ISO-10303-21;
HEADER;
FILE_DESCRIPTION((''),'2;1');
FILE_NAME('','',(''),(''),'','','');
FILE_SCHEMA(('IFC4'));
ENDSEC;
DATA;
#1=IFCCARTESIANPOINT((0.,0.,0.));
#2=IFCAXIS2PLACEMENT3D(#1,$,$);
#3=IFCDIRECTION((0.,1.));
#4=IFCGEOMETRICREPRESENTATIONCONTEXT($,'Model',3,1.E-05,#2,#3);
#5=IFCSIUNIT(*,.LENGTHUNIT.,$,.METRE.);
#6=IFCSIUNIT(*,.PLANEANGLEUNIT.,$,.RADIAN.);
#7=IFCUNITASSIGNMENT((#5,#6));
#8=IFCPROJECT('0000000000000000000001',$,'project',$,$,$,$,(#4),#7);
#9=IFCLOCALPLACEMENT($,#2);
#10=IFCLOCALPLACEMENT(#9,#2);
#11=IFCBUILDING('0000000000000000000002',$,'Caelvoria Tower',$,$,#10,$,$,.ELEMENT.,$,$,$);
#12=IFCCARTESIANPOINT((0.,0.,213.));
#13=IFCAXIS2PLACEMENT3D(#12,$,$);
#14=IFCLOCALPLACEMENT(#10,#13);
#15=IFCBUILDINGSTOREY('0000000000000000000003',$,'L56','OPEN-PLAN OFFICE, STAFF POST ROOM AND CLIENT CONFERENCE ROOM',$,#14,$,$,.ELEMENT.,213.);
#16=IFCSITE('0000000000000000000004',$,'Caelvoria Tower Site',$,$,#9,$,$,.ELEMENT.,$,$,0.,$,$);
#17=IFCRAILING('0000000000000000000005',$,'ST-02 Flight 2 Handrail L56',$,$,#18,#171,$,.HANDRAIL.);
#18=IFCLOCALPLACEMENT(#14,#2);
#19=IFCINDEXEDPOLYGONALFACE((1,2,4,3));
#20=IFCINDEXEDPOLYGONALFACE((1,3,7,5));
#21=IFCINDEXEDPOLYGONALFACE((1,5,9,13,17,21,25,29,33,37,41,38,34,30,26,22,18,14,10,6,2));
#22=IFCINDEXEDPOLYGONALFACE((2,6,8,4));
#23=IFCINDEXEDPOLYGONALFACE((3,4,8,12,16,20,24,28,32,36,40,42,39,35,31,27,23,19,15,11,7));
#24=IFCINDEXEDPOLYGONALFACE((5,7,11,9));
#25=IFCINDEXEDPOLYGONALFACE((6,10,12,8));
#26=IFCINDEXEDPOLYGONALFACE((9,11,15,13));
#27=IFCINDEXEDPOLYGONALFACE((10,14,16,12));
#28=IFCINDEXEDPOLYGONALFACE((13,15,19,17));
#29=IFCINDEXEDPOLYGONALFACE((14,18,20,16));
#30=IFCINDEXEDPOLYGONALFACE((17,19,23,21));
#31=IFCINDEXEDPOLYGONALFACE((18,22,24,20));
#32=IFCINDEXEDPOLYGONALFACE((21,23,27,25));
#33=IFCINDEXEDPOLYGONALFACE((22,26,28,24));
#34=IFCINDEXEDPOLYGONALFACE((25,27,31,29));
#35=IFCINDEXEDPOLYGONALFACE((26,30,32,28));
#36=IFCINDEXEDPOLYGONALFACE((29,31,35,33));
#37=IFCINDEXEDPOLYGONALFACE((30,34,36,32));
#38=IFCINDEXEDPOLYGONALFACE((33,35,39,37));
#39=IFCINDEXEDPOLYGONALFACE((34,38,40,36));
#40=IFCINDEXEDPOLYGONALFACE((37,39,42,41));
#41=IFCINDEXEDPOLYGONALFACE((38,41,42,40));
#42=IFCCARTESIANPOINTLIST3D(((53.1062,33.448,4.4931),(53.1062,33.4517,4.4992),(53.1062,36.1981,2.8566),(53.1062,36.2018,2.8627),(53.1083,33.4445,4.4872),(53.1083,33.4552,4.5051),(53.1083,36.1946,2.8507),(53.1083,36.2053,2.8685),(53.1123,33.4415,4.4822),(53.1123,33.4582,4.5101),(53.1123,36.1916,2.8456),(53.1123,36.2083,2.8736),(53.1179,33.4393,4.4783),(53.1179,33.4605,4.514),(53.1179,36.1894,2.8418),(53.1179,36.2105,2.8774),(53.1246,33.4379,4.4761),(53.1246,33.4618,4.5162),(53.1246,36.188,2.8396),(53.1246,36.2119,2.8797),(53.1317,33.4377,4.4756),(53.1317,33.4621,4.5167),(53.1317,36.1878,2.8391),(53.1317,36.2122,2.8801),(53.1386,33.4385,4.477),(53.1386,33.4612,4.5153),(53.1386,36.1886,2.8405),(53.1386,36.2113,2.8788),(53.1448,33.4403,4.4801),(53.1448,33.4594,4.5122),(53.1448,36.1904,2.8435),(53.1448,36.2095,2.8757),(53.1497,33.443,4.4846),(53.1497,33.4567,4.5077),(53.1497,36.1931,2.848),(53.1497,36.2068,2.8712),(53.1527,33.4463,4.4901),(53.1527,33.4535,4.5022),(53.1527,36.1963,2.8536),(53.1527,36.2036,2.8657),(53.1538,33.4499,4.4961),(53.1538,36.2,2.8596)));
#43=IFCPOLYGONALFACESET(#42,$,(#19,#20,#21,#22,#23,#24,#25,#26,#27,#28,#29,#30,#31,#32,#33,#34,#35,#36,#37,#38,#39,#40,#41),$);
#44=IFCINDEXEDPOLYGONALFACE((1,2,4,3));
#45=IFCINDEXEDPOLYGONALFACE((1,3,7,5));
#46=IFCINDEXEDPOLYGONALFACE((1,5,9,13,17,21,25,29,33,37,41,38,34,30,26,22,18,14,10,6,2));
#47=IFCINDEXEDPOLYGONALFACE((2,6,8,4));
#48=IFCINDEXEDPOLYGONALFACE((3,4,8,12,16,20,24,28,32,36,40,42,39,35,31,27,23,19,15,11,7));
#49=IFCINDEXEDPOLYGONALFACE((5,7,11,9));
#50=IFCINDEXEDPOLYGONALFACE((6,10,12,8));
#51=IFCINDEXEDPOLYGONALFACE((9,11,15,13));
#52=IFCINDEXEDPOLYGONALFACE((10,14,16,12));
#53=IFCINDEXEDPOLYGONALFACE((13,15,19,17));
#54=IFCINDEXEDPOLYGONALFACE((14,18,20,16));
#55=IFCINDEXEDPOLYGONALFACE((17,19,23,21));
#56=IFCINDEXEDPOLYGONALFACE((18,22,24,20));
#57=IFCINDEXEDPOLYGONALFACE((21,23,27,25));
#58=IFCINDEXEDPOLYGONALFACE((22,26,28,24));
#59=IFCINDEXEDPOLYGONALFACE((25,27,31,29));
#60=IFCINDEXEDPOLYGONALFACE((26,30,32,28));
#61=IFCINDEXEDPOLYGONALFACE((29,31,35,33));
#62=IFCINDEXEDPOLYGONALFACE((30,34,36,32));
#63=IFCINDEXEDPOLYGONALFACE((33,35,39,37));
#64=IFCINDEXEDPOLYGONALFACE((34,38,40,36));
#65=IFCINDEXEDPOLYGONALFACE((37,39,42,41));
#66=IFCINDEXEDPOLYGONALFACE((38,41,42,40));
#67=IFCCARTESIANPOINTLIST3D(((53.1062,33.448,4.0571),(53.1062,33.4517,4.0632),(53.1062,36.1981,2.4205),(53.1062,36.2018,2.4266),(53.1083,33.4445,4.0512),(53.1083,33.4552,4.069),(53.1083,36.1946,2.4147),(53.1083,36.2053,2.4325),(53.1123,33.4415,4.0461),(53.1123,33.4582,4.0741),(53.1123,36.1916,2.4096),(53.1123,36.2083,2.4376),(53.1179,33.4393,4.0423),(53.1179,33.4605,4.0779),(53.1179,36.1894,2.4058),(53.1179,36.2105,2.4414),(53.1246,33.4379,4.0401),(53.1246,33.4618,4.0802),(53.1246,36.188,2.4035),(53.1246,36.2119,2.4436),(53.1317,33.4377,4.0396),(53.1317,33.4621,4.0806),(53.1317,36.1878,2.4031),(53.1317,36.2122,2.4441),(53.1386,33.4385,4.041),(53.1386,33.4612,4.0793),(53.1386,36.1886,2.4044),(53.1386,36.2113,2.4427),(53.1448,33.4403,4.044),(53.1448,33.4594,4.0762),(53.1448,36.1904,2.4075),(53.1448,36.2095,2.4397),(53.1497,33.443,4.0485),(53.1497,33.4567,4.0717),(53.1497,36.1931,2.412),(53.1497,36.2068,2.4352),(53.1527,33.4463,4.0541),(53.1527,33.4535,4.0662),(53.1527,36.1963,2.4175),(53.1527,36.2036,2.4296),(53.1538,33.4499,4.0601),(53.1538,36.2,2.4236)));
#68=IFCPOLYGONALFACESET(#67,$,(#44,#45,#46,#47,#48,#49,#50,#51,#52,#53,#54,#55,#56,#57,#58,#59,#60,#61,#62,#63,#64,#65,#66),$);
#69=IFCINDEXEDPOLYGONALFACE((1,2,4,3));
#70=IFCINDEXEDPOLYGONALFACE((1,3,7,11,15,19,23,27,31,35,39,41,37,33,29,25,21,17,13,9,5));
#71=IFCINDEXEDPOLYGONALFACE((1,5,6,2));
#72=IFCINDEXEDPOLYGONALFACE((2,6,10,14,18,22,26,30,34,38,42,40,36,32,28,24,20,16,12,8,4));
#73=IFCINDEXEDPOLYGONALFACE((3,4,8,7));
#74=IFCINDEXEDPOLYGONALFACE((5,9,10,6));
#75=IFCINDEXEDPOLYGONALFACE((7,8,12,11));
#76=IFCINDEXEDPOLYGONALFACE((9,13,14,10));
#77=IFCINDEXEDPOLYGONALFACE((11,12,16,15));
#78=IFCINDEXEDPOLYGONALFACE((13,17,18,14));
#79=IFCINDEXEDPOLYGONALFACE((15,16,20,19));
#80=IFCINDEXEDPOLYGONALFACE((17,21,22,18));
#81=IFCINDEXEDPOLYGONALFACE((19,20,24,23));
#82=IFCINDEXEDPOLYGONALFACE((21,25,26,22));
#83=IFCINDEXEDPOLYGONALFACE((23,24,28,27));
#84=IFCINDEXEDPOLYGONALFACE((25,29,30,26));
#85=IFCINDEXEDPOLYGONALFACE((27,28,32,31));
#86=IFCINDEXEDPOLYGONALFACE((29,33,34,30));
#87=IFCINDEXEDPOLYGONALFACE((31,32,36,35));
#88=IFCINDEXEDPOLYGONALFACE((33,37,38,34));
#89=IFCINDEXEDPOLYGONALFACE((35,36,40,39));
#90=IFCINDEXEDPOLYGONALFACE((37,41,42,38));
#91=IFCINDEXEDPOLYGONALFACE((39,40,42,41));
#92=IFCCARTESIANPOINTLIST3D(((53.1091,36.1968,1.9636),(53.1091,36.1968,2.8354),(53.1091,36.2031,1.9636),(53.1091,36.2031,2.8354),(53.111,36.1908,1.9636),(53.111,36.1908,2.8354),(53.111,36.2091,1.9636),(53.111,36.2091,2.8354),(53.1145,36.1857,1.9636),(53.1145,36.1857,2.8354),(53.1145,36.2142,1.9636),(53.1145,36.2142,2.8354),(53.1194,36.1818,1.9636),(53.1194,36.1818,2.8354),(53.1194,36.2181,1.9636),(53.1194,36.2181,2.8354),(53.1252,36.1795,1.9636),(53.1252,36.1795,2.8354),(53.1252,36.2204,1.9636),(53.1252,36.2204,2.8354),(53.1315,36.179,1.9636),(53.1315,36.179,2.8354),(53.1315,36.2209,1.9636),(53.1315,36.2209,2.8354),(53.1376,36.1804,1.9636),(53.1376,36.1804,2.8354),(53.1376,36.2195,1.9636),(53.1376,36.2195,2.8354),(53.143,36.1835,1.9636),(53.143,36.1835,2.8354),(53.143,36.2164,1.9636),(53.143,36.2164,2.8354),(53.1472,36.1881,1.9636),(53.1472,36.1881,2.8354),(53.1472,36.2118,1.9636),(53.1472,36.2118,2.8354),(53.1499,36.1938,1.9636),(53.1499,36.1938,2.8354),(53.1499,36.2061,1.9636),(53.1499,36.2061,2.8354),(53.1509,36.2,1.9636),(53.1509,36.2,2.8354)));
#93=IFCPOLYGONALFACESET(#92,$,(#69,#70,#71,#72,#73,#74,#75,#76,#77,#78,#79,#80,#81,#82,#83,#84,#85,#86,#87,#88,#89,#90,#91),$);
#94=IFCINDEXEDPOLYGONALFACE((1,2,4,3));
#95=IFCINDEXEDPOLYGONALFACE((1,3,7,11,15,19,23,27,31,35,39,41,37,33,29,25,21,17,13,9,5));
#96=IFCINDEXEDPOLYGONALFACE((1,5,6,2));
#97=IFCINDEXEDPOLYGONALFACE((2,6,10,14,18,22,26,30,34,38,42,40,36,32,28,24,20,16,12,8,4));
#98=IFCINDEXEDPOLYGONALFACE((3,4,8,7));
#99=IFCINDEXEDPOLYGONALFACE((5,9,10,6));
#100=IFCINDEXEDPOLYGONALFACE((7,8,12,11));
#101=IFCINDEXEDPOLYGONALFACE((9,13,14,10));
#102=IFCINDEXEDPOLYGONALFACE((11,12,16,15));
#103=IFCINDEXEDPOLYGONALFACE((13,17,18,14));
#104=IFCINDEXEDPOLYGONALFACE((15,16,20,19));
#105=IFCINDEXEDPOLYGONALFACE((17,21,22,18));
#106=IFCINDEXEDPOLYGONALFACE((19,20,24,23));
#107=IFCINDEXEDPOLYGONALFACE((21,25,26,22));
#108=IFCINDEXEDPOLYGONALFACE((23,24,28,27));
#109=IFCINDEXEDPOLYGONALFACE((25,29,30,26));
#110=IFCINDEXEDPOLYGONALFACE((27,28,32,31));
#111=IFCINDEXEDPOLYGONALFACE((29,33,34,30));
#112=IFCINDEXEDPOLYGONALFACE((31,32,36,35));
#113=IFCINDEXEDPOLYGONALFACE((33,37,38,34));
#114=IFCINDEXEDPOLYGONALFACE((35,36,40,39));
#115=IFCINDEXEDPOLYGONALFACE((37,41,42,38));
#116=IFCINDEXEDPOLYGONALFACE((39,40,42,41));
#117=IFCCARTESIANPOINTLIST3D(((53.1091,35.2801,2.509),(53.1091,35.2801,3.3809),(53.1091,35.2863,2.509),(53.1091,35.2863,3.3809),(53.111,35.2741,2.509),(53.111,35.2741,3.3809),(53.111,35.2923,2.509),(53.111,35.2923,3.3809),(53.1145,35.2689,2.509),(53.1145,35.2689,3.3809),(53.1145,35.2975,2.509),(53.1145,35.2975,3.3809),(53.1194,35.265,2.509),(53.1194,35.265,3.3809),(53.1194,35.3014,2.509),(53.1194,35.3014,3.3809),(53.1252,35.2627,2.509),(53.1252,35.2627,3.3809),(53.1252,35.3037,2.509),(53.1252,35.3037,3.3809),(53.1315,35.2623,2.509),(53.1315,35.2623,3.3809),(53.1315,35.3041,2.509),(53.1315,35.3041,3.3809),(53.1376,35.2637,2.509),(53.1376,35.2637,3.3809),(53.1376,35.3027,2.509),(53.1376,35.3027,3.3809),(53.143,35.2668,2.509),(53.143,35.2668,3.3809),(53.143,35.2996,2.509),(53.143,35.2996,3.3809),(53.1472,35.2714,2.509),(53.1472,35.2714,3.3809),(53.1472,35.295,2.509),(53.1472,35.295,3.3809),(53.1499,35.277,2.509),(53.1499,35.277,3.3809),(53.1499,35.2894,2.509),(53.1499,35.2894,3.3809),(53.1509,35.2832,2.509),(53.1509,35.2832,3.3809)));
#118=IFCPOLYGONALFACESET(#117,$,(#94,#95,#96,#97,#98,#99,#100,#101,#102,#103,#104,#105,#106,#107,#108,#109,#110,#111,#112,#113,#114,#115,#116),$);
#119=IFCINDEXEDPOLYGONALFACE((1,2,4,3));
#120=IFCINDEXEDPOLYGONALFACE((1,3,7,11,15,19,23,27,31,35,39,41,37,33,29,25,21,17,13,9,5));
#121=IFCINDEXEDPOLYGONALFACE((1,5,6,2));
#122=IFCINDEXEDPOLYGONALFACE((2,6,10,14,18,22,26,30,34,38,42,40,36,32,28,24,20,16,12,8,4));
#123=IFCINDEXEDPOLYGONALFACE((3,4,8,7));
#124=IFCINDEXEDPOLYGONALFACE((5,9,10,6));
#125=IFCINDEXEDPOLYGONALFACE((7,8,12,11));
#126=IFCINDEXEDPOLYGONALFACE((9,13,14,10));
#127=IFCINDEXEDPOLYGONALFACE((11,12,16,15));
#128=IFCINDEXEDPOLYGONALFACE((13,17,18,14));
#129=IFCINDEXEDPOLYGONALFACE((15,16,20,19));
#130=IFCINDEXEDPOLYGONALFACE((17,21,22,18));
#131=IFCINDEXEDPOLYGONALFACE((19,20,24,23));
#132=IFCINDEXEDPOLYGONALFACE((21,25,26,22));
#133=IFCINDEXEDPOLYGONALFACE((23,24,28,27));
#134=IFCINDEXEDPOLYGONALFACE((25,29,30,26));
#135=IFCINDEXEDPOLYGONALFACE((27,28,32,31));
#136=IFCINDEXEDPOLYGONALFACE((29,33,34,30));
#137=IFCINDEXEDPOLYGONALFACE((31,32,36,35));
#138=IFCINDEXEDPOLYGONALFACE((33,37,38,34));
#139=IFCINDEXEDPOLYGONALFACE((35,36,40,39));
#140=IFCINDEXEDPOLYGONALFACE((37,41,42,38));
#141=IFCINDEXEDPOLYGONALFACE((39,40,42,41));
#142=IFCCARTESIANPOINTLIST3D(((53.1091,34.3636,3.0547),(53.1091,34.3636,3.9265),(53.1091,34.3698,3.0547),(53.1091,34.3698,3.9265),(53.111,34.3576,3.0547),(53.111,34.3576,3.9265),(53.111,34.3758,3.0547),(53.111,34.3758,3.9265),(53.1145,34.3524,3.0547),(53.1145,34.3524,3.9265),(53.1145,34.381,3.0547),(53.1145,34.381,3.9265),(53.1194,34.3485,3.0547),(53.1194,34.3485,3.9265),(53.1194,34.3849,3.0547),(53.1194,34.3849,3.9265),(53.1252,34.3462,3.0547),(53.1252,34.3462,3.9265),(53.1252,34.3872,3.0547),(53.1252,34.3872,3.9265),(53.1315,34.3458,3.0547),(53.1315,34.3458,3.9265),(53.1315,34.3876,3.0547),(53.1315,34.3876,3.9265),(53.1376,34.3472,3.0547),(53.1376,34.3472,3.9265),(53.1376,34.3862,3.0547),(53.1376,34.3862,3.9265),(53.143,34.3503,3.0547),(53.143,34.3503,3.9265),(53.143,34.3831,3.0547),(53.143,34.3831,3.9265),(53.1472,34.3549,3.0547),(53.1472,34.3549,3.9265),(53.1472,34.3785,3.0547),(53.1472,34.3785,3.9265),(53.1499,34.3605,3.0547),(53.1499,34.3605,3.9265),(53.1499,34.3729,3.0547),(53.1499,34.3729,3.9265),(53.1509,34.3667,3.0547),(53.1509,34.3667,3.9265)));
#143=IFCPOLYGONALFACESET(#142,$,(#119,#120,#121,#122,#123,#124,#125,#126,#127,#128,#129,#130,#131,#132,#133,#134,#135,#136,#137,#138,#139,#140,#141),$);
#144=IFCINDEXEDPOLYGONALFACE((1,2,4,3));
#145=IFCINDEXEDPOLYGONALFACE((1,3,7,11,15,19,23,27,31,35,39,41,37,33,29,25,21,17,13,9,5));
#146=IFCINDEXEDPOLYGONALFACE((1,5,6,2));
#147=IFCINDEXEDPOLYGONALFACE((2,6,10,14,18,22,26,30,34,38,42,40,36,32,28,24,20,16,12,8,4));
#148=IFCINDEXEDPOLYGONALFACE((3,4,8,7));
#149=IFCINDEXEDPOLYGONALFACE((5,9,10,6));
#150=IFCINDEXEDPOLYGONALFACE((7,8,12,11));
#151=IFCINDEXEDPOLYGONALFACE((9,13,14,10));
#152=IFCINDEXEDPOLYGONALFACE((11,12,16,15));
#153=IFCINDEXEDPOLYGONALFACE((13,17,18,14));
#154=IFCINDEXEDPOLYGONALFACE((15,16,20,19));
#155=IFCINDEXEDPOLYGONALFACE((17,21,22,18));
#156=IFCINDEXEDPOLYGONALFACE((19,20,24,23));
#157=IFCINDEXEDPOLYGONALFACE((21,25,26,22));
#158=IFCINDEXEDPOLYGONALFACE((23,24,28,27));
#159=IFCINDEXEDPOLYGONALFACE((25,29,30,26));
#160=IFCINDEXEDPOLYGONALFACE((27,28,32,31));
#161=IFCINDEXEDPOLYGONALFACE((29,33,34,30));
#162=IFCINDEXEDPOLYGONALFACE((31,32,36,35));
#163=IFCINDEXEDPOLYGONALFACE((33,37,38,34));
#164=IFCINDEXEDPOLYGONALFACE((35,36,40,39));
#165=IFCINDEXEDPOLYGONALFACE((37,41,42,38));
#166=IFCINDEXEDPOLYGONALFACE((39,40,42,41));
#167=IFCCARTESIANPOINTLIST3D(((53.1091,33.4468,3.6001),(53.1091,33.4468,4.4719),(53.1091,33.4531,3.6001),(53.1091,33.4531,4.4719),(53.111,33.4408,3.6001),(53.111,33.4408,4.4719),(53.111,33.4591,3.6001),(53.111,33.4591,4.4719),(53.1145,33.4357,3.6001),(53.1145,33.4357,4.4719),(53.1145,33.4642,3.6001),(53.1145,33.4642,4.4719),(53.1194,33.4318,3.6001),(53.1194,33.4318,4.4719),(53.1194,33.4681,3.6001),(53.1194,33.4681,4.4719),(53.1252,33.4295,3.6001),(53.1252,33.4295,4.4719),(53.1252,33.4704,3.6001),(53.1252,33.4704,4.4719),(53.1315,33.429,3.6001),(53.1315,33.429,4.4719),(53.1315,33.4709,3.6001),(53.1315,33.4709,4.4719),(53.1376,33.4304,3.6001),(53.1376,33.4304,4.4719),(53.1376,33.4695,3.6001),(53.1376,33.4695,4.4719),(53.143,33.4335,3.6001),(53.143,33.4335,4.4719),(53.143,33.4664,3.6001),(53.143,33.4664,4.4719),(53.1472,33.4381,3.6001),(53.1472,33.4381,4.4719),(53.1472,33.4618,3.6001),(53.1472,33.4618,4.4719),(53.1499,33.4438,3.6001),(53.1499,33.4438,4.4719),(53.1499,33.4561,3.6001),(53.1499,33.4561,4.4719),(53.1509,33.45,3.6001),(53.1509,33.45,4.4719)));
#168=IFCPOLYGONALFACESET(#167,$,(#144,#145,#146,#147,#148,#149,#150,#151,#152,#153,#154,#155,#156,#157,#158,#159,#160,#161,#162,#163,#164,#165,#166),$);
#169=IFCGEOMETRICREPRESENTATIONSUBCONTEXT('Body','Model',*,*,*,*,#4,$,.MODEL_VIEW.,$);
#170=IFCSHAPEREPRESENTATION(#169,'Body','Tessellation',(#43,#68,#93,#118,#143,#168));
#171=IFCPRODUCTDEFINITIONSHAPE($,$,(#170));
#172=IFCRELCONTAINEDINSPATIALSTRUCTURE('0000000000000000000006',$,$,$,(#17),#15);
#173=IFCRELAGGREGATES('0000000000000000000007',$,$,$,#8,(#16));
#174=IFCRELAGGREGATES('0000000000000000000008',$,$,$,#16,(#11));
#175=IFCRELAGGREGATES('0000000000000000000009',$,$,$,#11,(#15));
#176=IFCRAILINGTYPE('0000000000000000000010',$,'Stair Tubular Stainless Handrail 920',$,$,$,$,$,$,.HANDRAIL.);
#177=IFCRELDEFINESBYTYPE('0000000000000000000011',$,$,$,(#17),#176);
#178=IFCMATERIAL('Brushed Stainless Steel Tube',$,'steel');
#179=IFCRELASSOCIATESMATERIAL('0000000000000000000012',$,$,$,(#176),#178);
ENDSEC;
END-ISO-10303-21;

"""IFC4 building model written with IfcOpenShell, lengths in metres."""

from ifc_helpers import new_model, si_unit, direction, frame, origin, origin_2d, place, context, subcontext, project, spatial, circle, extrude, material, type_object, element, save


model = new_model("IFC4")

# Units and contexts
model_context = context("Model", 3, precision=1e-05, world=origin(), true_north=direction((0.0, 1.0)))
body_context = subcontext(model_context, "Body", "Model", "MODEL_VIEW")
ifc_project = project(units=[si_unit("LENGTHUNIT", "METRE"), si_unit("PLANEANGLEUNIT", "RADIAN")], contexts=[model_context])

# Site, building, storey
site_placement = place(None, origin())
site = spatial("IfcSite", under=ifc_project, at=site_placement, Name="Caelvoria Tower Site", CompositionType="ELEMENT", RefElevation=0.0)
building_placement = place(site_placement, origin())
building = spatial("IfcBuilding", under=site, at=building_placement, Name="Caelvoria Tower", CompositionType="ELEMENT")
storey_placement = place(building_placement, frame((0.0, 0.0, 213.0)))
storey = spatial("IfcBuildingStorey", under=building, at=storey_placement, Name="L56", Description="OPEN-PLAN OFFICE, STAFF POST ROOM AND CLIENT CONFERENCE ROOM", CompositionType="ELEMENT", Elevation=213.0)

# Railing
ifc_material_1 = material(Name="Brushed Stainless Steel Tube", Category="steel")
railing_type_1 = type_object("IfcRailingType", Name="Stair Tubular Stainless Handrail 920", PredefinedType="HANDRAIL", material=ifc_material_1)
railing_1_placement = place(storey_placement, frame((53.1299, 36.2, 1.9636)))
element("IfcRailing", 1, at=railing_1_placement, inside=storey, type_object=railing_type_1, Name="ST-02 Flight 2 Handrail L56", PredefinedType="HANDRAIL", context=body_context, shape_type="SweptSolid", body=[
    extrude(circle(Radius=0.0239, at=origin_2d()), frame((0.0, 0.0, 0.896), z_axis=(0.0, -0.859352, 0.511385), x_axis=(1.0, 0.0, 0.0)), (0.0, 0.0, 1.0), 3.2002),
    extrude(circle(Radius=0.0239, at=origin_2d()), frame((0.0, 0.0, 0.46), z_axis=(0.0, -0.859352, 0.511385), x_axis=(1.0, 0.0, 0.0)), (0.0, 0.0, 1.0), 3.2002),
    extrude(circle(Radius=0.021, at=origin_2d()), origin(), (0.0, 0.0, 1.0), 0.8718),
    extrude(circle(Radius=0.021, at=origin_2d()), frame((0.0, -0.9167, 0.5454)), (0.0, 0.0, 1.0), 0.8718),
    extrude(circle(Radius=0.021, at=origin_2d()), frame((0.0, -1.8333, 1.0911)), (0.0, 0.0, 1.0), 0.8718),
    extrude(circle(Radius=0.021, at=origin_2d()), frame((0.0, -2.75, 1.6365)), (0.0, 0.0, 1.0), 0.8718),
])

save(model, "model.ifc")
